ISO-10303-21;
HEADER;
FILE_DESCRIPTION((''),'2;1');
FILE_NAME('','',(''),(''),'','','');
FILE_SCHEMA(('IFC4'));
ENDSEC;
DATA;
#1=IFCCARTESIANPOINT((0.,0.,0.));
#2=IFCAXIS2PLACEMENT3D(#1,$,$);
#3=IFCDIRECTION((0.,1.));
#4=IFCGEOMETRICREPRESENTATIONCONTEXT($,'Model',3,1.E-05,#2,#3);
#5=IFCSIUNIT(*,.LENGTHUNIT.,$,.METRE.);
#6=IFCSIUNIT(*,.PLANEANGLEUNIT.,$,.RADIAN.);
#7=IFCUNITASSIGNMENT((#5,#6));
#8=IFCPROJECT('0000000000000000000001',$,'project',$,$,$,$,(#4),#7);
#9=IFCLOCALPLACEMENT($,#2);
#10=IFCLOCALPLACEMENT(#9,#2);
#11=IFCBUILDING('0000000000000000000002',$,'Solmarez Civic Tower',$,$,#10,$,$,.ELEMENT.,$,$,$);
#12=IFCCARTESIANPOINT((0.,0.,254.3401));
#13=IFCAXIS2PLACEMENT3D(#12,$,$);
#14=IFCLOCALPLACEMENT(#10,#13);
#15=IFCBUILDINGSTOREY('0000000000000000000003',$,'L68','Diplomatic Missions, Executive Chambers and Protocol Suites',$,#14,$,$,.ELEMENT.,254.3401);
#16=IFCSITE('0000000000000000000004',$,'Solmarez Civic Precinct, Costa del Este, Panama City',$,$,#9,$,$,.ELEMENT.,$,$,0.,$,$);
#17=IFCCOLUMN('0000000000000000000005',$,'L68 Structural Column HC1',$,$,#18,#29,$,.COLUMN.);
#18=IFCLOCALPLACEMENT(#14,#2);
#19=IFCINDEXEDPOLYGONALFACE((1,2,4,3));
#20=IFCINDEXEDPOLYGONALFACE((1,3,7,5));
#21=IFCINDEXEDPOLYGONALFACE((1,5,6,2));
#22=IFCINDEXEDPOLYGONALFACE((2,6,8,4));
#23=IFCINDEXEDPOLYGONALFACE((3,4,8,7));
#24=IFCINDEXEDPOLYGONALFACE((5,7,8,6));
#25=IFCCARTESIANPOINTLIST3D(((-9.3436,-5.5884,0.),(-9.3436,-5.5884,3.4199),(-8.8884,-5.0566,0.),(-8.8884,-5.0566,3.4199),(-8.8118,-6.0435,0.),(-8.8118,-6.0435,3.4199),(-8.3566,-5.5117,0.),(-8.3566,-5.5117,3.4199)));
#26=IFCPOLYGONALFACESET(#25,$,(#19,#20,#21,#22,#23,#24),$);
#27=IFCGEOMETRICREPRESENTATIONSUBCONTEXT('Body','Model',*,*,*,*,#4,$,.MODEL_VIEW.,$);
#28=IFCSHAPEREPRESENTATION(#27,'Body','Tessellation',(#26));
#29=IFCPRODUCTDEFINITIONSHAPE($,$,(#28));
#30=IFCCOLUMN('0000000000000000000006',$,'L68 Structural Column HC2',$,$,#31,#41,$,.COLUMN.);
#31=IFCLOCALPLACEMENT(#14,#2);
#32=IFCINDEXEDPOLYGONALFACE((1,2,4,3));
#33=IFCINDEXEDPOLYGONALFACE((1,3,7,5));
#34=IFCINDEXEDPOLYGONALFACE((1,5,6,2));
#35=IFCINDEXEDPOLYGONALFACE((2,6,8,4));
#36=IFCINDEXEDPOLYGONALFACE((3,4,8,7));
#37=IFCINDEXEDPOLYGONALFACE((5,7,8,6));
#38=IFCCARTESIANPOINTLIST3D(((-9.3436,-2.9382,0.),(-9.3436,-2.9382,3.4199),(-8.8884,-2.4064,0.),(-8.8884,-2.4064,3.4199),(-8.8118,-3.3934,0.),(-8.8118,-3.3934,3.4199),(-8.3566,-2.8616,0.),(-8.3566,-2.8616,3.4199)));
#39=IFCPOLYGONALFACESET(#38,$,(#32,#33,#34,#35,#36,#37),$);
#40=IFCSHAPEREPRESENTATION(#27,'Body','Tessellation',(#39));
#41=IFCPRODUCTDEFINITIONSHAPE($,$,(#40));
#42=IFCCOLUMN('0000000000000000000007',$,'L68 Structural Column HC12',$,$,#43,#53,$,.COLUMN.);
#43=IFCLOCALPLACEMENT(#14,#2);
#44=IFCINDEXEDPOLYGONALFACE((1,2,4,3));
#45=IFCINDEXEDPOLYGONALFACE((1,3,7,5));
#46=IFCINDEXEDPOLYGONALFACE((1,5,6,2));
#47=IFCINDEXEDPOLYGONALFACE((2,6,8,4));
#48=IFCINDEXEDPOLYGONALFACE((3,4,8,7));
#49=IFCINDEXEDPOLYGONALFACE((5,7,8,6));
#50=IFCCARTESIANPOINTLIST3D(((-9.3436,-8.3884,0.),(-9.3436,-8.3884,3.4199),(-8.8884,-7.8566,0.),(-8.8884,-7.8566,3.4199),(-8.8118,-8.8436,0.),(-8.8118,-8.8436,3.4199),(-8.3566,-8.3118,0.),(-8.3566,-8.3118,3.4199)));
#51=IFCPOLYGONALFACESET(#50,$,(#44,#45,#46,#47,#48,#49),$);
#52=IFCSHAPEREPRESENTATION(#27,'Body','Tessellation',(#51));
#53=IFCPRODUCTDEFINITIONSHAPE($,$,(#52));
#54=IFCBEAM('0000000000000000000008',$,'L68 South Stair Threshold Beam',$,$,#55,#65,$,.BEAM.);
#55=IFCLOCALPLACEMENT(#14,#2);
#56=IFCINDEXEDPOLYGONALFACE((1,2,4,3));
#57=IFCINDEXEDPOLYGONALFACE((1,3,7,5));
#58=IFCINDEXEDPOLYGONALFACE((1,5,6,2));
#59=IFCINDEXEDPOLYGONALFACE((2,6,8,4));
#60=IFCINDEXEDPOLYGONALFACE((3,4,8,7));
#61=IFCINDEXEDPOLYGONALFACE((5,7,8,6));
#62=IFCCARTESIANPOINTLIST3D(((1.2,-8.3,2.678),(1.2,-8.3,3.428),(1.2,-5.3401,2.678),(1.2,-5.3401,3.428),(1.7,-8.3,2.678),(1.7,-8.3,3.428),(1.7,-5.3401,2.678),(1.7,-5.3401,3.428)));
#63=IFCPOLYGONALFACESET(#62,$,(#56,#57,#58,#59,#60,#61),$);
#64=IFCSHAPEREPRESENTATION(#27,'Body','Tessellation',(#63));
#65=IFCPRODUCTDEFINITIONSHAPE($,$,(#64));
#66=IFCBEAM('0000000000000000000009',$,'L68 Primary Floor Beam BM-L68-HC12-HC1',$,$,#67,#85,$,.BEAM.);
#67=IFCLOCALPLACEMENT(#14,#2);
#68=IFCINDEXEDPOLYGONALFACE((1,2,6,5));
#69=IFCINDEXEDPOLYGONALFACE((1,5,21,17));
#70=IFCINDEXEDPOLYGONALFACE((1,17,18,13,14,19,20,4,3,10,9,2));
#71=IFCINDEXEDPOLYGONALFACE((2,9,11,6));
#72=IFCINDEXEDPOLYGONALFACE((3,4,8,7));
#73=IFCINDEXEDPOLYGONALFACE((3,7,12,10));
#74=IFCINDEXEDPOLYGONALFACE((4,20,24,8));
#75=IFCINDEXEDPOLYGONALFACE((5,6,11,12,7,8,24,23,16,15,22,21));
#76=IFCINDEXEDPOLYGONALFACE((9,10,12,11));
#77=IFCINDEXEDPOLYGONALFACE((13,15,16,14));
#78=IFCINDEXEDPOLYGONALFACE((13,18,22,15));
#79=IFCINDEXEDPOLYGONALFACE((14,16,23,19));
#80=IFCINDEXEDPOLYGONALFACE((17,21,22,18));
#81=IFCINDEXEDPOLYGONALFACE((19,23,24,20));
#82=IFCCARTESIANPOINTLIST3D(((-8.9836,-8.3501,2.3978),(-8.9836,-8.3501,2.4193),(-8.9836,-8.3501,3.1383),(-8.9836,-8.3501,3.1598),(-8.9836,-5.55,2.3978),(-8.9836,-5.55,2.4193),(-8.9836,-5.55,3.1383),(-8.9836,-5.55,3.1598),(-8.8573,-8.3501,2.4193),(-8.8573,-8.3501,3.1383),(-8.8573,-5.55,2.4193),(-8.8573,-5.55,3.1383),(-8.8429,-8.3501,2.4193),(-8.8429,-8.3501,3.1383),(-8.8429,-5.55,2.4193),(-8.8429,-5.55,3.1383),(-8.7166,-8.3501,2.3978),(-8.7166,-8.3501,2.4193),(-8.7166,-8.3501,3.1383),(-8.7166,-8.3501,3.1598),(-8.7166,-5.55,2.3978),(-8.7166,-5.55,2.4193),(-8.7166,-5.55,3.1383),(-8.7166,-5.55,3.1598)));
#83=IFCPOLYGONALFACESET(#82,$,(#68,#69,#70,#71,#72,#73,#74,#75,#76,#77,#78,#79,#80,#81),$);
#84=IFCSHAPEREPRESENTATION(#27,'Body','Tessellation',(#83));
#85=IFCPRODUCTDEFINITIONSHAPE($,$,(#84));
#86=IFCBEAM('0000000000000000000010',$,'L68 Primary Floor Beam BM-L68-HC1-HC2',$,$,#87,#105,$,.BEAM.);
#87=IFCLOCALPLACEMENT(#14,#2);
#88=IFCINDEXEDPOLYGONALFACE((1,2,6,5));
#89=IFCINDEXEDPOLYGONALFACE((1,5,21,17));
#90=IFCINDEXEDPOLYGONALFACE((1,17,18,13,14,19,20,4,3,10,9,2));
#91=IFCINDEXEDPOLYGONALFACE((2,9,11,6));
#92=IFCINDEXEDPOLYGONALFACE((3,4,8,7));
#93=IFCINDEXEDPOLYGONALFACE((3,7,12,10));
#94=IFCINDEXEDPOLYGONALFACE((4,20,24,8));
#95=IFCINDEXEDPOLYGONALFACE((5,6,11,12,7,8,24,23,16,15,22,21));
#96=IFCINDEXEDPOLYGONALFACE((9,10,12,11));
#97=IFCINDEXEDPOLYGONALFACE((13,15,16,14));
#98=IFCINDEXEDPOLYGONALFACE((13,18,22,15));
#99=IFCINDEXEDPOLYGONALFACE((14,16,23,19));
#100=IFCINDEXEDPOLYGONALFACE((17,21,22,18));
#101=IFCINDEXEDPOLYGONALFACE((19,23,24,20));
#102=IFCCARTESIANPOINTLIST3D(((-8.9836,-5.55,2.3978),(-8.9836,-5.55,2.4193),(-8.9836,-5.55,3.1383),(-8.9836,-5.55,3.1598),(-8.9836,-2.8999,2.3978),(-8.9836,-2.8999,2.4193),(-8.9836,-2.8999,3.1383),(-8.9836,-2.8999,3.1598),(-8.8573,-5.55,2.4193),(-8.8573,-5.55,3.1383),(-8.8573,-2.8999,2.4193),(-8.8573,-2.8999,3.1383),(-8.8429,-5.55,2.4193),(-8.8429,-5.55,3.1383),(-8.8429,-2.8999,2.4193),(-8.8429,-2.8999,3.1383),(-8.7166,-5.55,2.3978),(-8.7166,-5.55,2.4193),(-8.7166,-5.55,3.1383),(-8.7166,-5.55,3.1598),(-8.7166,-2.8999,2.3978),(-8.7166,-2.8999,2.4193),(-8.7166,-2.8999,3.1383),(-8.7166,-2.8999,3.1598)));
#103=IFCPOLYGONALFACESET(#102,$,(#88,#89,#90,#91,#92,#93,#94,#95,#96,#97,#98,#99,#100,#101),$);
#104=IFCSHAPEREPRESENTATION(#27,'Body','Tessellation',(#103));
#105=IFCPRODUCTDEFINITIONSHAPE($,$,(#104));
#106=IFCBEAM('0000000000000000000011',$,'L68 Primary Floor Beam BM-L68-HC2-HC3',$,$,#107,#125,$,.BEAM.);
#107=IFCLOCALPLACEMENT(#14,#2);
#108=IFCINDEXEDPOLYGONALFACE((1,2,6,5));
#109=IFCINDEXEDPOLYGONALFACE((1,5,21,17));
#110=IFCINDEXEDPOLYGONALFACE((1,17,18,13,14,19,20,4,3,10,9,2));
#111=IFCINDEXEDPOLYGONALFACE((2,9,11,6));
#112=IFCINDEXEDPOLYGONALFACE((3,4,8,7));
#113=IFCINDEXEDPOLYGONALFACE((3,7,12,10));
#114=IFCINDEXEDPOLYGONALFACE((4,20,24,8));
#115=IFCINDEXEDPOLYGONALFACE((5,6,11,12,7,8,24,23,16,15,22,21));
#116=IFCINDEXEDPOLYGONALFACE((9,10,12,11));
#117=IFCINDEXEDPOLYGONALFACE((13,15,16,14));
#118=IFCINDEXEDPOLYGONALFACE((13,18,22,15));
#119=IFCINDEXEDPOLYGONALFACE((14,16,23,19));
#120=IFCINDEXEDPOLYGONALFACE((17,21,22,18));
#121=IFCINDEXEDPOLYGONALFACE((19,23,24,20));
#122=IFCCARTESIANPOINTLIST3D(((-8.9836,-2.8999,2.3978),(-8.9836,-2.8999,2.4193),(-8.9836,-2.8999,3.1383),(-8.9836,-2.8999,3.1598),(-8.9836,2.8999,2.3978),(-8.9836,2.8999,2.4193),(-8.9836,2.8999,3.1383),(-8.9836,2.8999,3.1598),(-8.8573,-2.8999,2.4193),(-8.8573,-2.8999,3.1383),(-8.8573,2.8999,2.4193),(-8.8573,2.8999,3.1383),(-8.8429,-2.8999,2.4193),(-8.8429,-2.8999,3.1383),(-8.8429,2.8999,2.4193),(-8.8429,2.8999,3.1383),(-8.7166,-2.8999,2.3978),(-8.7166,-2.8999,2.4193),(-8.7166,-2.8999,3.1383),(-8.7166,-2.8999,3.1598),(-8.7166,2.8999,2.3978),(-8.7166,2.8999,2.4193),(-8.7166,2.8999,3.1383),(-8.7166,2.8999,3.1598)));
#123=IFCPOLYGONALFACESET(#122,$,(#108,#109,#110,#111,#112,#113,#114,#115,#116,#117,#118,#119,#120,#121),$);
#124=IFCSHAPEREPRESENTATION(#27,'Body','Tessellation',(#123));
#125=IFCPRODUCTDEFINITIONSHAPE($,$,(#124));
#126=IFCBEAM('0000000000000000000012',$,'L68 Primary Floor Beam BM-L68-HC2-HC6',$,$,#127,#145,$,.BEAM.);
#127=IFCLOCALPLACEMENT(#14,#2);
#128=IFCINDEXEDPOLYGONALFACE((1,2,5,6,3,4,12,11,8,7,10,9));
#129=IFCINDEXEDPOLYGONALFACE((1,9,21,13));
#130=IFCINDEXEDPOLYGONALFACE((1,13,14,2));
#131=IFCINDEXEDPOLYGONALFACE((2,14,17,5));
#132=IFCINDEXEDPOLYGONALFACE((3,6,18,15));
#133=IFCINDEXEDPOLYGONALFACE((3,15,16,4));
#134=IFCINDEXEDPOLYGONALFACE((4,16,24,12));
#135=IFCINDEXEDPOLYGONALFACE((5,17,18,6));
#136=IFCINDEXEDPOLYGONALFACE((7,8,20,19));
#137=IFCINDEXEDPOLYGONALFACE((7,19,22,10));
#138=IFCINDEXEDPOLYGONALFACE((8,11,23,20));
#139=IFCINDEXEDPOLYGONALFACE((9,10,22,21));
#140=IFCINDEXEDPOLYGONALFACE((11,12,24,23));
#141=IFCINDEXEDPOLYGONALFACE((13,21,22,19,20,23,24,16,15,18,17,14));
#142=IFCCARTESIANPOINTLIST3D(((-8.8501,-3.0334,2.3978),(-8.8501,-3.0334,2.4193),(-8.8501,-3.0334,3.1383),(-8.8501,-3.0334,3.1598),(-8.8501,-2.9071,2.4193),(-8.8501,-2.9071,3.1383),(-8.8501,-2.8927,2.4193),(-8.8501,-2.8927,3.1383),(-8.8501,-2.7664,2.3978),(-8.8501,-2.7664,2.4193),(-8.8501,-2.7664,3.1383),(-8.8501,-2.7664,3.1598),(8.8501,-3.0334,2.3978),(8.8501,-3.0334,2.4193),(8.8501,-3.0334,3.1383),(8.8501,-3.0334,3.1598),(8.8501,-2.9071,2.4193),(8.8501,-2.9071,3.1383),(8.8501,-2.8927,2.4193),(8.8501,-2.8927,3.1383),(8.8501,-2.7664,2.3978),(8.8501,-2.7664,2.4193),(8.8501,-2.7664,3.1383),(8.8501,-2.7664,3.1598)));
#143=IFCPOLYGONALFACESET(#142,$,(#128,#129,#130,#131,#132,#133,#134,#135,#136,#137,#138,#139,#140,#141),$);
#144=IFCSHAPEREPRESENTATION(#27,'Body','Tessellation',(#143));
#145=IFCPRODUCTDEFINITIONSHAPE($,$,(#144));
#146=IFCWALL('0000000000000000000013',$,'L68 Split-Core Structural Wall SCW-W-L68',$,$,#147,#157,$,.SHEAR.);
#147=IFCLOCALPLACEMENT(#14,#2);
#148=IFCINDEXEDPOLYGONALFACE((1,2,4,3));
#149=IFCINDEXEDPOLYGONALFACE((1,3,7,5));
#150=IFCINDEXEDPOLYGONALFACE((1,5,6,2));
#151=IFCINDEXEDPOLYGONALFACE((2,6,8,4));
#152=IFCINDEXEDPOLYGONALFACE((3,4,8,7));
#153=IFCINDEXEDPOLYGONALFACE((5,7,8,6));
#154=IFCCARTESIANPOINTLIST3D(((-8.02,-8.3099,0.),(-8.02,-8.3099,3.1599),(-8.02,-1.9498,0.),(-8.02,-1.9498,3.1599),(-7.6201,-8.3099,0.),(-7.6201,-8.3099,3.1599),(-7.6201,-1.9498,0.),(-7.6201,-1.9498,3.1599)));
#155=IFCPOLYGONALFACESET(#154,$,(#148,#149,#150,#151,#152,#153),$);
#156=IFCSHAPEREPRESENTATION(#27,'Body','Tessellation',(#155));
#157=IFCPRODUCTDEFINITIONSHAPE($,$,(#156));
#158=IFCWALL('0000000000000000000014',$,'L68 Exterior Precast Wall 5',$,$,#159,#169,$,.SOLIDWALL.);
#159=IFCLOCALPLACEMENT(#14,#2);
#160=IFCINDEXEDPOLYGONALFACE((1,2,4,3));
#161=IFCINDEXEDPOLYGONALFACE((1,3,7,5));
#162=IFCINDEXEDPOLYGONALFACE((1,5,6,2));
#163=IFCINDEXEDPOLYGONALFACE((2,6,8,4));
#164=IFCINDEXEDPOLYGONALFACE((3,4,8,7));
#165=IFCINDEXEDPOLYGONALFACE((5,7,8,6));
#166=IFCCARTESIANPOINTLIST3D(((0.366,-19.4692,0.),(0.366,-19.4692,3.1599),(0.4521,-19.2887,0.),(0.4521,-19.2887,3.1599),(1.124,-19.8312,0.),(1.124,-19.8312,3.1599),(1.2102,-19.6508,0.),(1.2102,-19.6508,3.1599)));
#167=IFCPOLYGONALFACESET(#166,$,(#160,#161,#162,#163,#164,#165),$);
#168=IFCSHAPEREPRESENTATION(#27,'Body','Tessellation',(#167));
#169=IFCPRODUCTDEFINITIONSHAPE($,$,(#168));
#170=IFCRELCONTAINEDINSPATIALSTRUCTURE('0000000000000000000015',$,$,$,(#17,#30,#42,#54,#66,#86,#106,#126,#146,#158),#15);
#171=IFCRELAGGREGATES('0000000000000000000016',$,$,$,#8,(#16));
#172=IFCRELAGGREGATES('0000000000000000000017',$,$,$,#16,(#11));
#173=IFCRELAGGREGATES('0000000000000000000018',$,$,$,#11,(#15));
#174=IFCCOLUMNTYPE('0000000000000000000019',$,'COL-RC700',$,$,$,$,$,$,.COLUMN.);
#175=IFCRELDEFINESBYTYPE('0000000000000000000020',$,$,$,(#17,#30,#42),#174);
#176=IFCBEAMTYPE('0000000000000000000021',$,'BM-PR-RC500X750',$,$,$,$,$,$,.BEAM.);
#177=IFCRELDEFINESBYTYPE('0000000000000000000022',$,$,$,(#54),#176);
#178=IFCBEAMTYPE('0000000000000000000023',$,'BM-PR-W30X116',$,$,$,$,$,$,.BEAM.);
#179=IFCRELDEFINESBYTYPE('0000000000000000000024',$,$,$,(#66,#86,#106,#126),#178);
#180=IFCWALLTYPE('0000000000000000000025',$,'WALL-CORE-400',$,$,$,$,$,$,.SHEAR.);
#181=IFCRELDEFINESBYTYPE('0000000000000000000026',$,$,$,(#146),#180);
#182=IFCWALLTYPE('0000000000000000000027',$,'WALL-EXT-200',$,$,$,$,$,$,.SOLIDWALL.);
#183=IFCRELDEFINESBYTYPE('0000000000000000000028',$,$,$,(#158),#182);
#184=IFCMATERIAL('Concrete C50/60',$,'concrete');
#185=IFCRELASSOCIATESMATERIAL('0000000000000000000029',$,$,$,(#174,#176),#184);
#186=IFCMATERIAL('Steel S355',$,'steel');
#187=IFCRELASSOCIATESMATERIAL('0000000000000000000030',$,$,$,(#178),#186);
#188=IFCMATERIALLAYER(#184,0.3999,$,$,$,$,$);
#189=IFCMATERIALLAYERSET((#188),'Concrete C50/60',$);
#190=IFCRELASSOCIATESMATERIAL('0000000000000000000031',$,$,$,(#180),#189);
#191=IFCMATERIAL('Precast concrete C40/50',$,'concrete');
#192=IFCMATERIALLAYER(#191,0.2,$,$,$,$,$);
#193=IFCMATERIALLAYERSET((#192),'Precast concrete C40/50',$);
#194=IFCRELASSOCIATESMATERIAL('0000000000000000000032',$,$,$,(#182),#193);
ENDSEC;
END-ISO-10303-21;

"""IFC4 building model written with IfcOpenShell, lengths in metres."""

from ifc_helpers import new_model, si_unit, direction, frame, frame_2d, origin, origin_2d, place, context, subcontext, project, spatial, rectangle, i_section, extrude, material, layer, layer_set, material_profile, profile_set, type_object, element, save


model = new_model("IFC4")

# Units and contexts
model_context = context("Model", 3, precision=1e-05, world=origin(), true_north=direction((0.0, 1.0)))
body_context = subcontext(model_context, "Body", "Model", "MODEL_VIEW")
ifc_project = project(units=[si_unit("LENGTHUNIT", "METRE"), si_unit("PLANEANGLEUNIT", "RADIAN")], contexts=[model_context])

# Site, building, storey
site_placement = place(None, origin())
site = spatial("IfcSite", under=ifc_project, at=site_placement, Name="Solmarez Civic Precinct, Costa del Este, Panama City", CompositionType="ELEMENT", RefElevation=0.0)
building_placement = place(site_placement, origin())
building = spatial("IfcBuilding", under=site, at=building_placement, Name="Solmarez Civic Tower", CompositionType="ELEMENT")
storey_placement = place(building_placement, frame((0.0, 0.0, 254.3401)))
storey = spatial("IfcBuildingStorey", under=building, at=storey_placement, Name="L68", Description="Diplomatic Missions, Executive Chambers and Protocol Suites", CompositionType="ELEMENT", Elevation=254.3401)

# Columns
ifc_material_1 = material(Name="Concrete C50/60", Category="concrete")
ifc_material_profile_1 = material_profile(ifc_material_1, rectangle(XDim=0.7, YDim=0.7, at=origin_2d()), Name="RC700X700")
ifc_profile_set_1 = profile_set([ifc_material_profile_1], Name="Concrete C50/60")
column_type = type_object("IfcColumnType", Name="COL-RC700", PredefinedType="COLUMN", material=ifc_profile_set_1)
for number, where, z_axis, x_axis, name in (
    (1, (-8.8501, -5.55, 0.0), (0.0, 0.0, 1.0), (0.650244, 0.759725, 0.0), "L68 Structural Column HC1"),
    (2, (-8.8501, -2.8999, 0.0), (0.0, 0.0, 1.0), (0.650244, 0.759725, 0.0), "L68 Structural Column HC2"),
    (3, (-8.8501, -8.3501, 0.0), (0.0, 0.0, 1.0), (0.650244, 0.759725, 0.0), "L68 Structural Column HC12"),
):
    element("IfcColumn", number, at=place(storey_placement, frame(where, z_axis=z_axis, x_axis=x_axis)), inside=storey, type_object=column_type, Name=name, PredefinedType="COLUMN", context=body_context, shape_type="SweptSolid", body=[
        extrude(rectangle(XDim=0.7, YDim=0.7, at=origin_2d()), origin(), (0.0, 0.0, 1.0), 3.4199),
    ])

# Beams
ifc_material_profile_2 = material_profile(ifc_material_1, rectangle(XDim=0.5, YDim=0.75, at=origin_2d()), Name="RC500X750")
ifc_profile_set_2 = profile_set([ifc_material_profile_2], Name="Concrete C50/60")
beam_type_1 = type_object("IfcBeamType", Name="BM-PR-RC500X750", PredefinedType="BEAM", material=ifc_profile_set_2)
beam_1_placement = place(storey_placement, frame((1.45, -8.3, 3.053), z_axis=(0.0, 1.0, 0.0), x_axis=(-1.0, 0.0, 0.0)))
element("IfcBeam", 4, at=beam_1_placement, inside=storey, type_object=beam_type_1, Name="L68 South Stair Threshold Beam", PredefinedType="BEAM", context=body_context, shape_type="SweptSolid", body=[
    extrude(rectangle(XDim=0.5, YDim=0.75, at=origin_2d()), origin(), (0.0, 0.0, 1.0), 2.96),
])
ifc_material_2 = material(Name="Steel S355", Category="steel")
ifc_material_profile_3 = material_profile(ifc_material_2, i_section(OverallWidth=0.2671, OverallDepth=0.762, WebThickness=0.0144, FlangeThickness=0.0215, at=origin_2d()), Name="W30X116")
ifc_profile_set_3 = profile_set([ifc_material_profile_3], Name="Steel S355")
beam_type_2 = type_object("IfcBeamType", Name="BM-PR-W30X116", PredefinedType="BEAM", material=ifc_profile_set_3)
beam_2_placement = place(storey_placement, frame((-8.8501, -8.3501, 2.7788), z_axis=(0.0, 1.0, 0.0), x_axis=(-1.0, 0.0, 0.0)))
element("IfcBeam", 5, at=beam_2_placement, inside=storey, type_object=beam_type_2, Name="L68 Primary Floor Beam BM-L68-HC12-HC1", PredefinedType="BEAM", context=body_context, shape_type="SweptSolid", body=[
    extrude(i_section(OverallWidth=0.2671, OverallDepth=0.762, WebThickness=0.0144, FlangeThickness=0.0215, at=origin_2d()), origin(), (0.0, 0.0, 1.0), 2.8),
])
beam_3_placement = place(storey_placement, frame((-8.8501, -5.55, 2.7788), z_axis=(0.0, 1.0, 0.0), x_axis=(-1.0, 0.0, 0.0)))
element("IfcBeam", 6, at=beam_3_placement, inside=storey, type_object=beam_type_2, Name="L68 Primary Floor Beam BM-L68-HC1-HC2", PredefinedType="BEAM", context=body_context, shape_type="SweptSolid", body=[
    extrude(i_section(OverallWidth=0.2671, OverallDepth=0.762, WebThickness=0.0144, FlangeThickness=0.0215, at=origin_2d()), origin(), (0.0, 0.0, 1.0), 2.6501),
])
beam_4_placement = place(storey_placement, frame((-8.8501, -2.8999, 2.7788), z_axis=(0.0, 1.0, 0.0), x_axis=(-1.0, 0.0, 0.0)))
element("IfcBeam", 7, at=beam_4_placement, inside=storey, type_object=beam_type_2, Name="L68 Primary Floor Beam BM-L68-HC2-HC3", PredefinedType="BEAM", context=body_context, shape_type="SweptSolid", body=[
    extrude(i_section(OverallWidth=0.2671, OverallDepth=0.762, WebThickness=0.0144, FlangeThickness=0.0215, at=origin_2d()), origin(), (0.0, 0.0, 1.0), 5.7998),
])
beam_5_placement = place(storey_placement, frame((-8.8501, -2.8999, 2.7788), z_axis=(1.0, 0.0, 0.0), x_axis=(0.0, 1.0, 0.0)))
element("IfcBeam", 8, at=beam_5_placement, inside=storey, type_object=beam_type_2, Name="L68 Primary Floor Beam BM-L68-HC2-HC6", PredefinedType="BEAM", context=body_context, shape_type="SweptSolid", body=[
    extrude(i_section(OverallWidth=0.2671, OverallDepth=0.762, WebThickness=0.0144, FlangeThickness=0.0215, at=origin_2d()), origin(), (0.0, 0.0, 1.0), 17.7002),
])

# Walls
ifc_layer_1 = layer(ifc_material_1, 0.3999)
ifc_layer_set_1 = layer_set([ifc_layer_1], Name="Concrete C50/60")
wall_type_1 = type_object("IfcWallType", Name="WALL-CORE-400", PredefinedType="SHEAR", material=ifc_layer_set_1)
wall_1_placement = place(storey_placement, frame((-7.8201, -8.3101, 0.0), z_axis=(0.0, 0.0, 1.0), x_axis=(0.0, 1.0, 0.0)))
element("IfcWall", 9, at=wall_1_placement, inside=storey, type_object=wall_type_1, Name="L68 Split-Core Structural Wall SCW-W-L68", PredefinedType="SHEAR", context=body_context, shape_type="SweptSolid", body=[
    extrude(rectangle(XDim=6.3601, YDim=0.3999, at=frame_2d((3.1802, 0.0))), origin(), (0.0, 0.0, 1.0), 3.1599),
])
ifc_material_3 = material(Name="Precast concrete C40/50", Category="concrete")
ifc_layer_2 = layer(ifc_material_3, 0.2)
ifc_layer_set_2 = layer_set([ifc_layer_2], Name="Precast concrete C40/50")
wall_type_2 = type_object("IfcWallType", Name="WALL-EXT-200", PredefinedType="SOLIDWALL", material=ifc_layer_set_2)
wall_2_placement = place(storey_placement, frame((1.167, -19.741, 0.0), z_axis=(0.0, 0.0, 1.0), x_axis=(-0.90236, 0.430982, 0.0)))
element("IfcWall", 10, at=wall_2_placement, inside=storey, type_object=wall_type_2, Name="L68 Exterior Precast Wall 5", PredefinedType="SOLIDWALL", context=body_context, shape_type="SweptSolid", body=[
    extrude(rectangle(XDim=0.8401, YDim=0.2, at=frame_2d((0.4199, 0.0))), origin(), (0.0, 0.0, 1.0), 3.1599),
])

save(model, "model.ifc")
